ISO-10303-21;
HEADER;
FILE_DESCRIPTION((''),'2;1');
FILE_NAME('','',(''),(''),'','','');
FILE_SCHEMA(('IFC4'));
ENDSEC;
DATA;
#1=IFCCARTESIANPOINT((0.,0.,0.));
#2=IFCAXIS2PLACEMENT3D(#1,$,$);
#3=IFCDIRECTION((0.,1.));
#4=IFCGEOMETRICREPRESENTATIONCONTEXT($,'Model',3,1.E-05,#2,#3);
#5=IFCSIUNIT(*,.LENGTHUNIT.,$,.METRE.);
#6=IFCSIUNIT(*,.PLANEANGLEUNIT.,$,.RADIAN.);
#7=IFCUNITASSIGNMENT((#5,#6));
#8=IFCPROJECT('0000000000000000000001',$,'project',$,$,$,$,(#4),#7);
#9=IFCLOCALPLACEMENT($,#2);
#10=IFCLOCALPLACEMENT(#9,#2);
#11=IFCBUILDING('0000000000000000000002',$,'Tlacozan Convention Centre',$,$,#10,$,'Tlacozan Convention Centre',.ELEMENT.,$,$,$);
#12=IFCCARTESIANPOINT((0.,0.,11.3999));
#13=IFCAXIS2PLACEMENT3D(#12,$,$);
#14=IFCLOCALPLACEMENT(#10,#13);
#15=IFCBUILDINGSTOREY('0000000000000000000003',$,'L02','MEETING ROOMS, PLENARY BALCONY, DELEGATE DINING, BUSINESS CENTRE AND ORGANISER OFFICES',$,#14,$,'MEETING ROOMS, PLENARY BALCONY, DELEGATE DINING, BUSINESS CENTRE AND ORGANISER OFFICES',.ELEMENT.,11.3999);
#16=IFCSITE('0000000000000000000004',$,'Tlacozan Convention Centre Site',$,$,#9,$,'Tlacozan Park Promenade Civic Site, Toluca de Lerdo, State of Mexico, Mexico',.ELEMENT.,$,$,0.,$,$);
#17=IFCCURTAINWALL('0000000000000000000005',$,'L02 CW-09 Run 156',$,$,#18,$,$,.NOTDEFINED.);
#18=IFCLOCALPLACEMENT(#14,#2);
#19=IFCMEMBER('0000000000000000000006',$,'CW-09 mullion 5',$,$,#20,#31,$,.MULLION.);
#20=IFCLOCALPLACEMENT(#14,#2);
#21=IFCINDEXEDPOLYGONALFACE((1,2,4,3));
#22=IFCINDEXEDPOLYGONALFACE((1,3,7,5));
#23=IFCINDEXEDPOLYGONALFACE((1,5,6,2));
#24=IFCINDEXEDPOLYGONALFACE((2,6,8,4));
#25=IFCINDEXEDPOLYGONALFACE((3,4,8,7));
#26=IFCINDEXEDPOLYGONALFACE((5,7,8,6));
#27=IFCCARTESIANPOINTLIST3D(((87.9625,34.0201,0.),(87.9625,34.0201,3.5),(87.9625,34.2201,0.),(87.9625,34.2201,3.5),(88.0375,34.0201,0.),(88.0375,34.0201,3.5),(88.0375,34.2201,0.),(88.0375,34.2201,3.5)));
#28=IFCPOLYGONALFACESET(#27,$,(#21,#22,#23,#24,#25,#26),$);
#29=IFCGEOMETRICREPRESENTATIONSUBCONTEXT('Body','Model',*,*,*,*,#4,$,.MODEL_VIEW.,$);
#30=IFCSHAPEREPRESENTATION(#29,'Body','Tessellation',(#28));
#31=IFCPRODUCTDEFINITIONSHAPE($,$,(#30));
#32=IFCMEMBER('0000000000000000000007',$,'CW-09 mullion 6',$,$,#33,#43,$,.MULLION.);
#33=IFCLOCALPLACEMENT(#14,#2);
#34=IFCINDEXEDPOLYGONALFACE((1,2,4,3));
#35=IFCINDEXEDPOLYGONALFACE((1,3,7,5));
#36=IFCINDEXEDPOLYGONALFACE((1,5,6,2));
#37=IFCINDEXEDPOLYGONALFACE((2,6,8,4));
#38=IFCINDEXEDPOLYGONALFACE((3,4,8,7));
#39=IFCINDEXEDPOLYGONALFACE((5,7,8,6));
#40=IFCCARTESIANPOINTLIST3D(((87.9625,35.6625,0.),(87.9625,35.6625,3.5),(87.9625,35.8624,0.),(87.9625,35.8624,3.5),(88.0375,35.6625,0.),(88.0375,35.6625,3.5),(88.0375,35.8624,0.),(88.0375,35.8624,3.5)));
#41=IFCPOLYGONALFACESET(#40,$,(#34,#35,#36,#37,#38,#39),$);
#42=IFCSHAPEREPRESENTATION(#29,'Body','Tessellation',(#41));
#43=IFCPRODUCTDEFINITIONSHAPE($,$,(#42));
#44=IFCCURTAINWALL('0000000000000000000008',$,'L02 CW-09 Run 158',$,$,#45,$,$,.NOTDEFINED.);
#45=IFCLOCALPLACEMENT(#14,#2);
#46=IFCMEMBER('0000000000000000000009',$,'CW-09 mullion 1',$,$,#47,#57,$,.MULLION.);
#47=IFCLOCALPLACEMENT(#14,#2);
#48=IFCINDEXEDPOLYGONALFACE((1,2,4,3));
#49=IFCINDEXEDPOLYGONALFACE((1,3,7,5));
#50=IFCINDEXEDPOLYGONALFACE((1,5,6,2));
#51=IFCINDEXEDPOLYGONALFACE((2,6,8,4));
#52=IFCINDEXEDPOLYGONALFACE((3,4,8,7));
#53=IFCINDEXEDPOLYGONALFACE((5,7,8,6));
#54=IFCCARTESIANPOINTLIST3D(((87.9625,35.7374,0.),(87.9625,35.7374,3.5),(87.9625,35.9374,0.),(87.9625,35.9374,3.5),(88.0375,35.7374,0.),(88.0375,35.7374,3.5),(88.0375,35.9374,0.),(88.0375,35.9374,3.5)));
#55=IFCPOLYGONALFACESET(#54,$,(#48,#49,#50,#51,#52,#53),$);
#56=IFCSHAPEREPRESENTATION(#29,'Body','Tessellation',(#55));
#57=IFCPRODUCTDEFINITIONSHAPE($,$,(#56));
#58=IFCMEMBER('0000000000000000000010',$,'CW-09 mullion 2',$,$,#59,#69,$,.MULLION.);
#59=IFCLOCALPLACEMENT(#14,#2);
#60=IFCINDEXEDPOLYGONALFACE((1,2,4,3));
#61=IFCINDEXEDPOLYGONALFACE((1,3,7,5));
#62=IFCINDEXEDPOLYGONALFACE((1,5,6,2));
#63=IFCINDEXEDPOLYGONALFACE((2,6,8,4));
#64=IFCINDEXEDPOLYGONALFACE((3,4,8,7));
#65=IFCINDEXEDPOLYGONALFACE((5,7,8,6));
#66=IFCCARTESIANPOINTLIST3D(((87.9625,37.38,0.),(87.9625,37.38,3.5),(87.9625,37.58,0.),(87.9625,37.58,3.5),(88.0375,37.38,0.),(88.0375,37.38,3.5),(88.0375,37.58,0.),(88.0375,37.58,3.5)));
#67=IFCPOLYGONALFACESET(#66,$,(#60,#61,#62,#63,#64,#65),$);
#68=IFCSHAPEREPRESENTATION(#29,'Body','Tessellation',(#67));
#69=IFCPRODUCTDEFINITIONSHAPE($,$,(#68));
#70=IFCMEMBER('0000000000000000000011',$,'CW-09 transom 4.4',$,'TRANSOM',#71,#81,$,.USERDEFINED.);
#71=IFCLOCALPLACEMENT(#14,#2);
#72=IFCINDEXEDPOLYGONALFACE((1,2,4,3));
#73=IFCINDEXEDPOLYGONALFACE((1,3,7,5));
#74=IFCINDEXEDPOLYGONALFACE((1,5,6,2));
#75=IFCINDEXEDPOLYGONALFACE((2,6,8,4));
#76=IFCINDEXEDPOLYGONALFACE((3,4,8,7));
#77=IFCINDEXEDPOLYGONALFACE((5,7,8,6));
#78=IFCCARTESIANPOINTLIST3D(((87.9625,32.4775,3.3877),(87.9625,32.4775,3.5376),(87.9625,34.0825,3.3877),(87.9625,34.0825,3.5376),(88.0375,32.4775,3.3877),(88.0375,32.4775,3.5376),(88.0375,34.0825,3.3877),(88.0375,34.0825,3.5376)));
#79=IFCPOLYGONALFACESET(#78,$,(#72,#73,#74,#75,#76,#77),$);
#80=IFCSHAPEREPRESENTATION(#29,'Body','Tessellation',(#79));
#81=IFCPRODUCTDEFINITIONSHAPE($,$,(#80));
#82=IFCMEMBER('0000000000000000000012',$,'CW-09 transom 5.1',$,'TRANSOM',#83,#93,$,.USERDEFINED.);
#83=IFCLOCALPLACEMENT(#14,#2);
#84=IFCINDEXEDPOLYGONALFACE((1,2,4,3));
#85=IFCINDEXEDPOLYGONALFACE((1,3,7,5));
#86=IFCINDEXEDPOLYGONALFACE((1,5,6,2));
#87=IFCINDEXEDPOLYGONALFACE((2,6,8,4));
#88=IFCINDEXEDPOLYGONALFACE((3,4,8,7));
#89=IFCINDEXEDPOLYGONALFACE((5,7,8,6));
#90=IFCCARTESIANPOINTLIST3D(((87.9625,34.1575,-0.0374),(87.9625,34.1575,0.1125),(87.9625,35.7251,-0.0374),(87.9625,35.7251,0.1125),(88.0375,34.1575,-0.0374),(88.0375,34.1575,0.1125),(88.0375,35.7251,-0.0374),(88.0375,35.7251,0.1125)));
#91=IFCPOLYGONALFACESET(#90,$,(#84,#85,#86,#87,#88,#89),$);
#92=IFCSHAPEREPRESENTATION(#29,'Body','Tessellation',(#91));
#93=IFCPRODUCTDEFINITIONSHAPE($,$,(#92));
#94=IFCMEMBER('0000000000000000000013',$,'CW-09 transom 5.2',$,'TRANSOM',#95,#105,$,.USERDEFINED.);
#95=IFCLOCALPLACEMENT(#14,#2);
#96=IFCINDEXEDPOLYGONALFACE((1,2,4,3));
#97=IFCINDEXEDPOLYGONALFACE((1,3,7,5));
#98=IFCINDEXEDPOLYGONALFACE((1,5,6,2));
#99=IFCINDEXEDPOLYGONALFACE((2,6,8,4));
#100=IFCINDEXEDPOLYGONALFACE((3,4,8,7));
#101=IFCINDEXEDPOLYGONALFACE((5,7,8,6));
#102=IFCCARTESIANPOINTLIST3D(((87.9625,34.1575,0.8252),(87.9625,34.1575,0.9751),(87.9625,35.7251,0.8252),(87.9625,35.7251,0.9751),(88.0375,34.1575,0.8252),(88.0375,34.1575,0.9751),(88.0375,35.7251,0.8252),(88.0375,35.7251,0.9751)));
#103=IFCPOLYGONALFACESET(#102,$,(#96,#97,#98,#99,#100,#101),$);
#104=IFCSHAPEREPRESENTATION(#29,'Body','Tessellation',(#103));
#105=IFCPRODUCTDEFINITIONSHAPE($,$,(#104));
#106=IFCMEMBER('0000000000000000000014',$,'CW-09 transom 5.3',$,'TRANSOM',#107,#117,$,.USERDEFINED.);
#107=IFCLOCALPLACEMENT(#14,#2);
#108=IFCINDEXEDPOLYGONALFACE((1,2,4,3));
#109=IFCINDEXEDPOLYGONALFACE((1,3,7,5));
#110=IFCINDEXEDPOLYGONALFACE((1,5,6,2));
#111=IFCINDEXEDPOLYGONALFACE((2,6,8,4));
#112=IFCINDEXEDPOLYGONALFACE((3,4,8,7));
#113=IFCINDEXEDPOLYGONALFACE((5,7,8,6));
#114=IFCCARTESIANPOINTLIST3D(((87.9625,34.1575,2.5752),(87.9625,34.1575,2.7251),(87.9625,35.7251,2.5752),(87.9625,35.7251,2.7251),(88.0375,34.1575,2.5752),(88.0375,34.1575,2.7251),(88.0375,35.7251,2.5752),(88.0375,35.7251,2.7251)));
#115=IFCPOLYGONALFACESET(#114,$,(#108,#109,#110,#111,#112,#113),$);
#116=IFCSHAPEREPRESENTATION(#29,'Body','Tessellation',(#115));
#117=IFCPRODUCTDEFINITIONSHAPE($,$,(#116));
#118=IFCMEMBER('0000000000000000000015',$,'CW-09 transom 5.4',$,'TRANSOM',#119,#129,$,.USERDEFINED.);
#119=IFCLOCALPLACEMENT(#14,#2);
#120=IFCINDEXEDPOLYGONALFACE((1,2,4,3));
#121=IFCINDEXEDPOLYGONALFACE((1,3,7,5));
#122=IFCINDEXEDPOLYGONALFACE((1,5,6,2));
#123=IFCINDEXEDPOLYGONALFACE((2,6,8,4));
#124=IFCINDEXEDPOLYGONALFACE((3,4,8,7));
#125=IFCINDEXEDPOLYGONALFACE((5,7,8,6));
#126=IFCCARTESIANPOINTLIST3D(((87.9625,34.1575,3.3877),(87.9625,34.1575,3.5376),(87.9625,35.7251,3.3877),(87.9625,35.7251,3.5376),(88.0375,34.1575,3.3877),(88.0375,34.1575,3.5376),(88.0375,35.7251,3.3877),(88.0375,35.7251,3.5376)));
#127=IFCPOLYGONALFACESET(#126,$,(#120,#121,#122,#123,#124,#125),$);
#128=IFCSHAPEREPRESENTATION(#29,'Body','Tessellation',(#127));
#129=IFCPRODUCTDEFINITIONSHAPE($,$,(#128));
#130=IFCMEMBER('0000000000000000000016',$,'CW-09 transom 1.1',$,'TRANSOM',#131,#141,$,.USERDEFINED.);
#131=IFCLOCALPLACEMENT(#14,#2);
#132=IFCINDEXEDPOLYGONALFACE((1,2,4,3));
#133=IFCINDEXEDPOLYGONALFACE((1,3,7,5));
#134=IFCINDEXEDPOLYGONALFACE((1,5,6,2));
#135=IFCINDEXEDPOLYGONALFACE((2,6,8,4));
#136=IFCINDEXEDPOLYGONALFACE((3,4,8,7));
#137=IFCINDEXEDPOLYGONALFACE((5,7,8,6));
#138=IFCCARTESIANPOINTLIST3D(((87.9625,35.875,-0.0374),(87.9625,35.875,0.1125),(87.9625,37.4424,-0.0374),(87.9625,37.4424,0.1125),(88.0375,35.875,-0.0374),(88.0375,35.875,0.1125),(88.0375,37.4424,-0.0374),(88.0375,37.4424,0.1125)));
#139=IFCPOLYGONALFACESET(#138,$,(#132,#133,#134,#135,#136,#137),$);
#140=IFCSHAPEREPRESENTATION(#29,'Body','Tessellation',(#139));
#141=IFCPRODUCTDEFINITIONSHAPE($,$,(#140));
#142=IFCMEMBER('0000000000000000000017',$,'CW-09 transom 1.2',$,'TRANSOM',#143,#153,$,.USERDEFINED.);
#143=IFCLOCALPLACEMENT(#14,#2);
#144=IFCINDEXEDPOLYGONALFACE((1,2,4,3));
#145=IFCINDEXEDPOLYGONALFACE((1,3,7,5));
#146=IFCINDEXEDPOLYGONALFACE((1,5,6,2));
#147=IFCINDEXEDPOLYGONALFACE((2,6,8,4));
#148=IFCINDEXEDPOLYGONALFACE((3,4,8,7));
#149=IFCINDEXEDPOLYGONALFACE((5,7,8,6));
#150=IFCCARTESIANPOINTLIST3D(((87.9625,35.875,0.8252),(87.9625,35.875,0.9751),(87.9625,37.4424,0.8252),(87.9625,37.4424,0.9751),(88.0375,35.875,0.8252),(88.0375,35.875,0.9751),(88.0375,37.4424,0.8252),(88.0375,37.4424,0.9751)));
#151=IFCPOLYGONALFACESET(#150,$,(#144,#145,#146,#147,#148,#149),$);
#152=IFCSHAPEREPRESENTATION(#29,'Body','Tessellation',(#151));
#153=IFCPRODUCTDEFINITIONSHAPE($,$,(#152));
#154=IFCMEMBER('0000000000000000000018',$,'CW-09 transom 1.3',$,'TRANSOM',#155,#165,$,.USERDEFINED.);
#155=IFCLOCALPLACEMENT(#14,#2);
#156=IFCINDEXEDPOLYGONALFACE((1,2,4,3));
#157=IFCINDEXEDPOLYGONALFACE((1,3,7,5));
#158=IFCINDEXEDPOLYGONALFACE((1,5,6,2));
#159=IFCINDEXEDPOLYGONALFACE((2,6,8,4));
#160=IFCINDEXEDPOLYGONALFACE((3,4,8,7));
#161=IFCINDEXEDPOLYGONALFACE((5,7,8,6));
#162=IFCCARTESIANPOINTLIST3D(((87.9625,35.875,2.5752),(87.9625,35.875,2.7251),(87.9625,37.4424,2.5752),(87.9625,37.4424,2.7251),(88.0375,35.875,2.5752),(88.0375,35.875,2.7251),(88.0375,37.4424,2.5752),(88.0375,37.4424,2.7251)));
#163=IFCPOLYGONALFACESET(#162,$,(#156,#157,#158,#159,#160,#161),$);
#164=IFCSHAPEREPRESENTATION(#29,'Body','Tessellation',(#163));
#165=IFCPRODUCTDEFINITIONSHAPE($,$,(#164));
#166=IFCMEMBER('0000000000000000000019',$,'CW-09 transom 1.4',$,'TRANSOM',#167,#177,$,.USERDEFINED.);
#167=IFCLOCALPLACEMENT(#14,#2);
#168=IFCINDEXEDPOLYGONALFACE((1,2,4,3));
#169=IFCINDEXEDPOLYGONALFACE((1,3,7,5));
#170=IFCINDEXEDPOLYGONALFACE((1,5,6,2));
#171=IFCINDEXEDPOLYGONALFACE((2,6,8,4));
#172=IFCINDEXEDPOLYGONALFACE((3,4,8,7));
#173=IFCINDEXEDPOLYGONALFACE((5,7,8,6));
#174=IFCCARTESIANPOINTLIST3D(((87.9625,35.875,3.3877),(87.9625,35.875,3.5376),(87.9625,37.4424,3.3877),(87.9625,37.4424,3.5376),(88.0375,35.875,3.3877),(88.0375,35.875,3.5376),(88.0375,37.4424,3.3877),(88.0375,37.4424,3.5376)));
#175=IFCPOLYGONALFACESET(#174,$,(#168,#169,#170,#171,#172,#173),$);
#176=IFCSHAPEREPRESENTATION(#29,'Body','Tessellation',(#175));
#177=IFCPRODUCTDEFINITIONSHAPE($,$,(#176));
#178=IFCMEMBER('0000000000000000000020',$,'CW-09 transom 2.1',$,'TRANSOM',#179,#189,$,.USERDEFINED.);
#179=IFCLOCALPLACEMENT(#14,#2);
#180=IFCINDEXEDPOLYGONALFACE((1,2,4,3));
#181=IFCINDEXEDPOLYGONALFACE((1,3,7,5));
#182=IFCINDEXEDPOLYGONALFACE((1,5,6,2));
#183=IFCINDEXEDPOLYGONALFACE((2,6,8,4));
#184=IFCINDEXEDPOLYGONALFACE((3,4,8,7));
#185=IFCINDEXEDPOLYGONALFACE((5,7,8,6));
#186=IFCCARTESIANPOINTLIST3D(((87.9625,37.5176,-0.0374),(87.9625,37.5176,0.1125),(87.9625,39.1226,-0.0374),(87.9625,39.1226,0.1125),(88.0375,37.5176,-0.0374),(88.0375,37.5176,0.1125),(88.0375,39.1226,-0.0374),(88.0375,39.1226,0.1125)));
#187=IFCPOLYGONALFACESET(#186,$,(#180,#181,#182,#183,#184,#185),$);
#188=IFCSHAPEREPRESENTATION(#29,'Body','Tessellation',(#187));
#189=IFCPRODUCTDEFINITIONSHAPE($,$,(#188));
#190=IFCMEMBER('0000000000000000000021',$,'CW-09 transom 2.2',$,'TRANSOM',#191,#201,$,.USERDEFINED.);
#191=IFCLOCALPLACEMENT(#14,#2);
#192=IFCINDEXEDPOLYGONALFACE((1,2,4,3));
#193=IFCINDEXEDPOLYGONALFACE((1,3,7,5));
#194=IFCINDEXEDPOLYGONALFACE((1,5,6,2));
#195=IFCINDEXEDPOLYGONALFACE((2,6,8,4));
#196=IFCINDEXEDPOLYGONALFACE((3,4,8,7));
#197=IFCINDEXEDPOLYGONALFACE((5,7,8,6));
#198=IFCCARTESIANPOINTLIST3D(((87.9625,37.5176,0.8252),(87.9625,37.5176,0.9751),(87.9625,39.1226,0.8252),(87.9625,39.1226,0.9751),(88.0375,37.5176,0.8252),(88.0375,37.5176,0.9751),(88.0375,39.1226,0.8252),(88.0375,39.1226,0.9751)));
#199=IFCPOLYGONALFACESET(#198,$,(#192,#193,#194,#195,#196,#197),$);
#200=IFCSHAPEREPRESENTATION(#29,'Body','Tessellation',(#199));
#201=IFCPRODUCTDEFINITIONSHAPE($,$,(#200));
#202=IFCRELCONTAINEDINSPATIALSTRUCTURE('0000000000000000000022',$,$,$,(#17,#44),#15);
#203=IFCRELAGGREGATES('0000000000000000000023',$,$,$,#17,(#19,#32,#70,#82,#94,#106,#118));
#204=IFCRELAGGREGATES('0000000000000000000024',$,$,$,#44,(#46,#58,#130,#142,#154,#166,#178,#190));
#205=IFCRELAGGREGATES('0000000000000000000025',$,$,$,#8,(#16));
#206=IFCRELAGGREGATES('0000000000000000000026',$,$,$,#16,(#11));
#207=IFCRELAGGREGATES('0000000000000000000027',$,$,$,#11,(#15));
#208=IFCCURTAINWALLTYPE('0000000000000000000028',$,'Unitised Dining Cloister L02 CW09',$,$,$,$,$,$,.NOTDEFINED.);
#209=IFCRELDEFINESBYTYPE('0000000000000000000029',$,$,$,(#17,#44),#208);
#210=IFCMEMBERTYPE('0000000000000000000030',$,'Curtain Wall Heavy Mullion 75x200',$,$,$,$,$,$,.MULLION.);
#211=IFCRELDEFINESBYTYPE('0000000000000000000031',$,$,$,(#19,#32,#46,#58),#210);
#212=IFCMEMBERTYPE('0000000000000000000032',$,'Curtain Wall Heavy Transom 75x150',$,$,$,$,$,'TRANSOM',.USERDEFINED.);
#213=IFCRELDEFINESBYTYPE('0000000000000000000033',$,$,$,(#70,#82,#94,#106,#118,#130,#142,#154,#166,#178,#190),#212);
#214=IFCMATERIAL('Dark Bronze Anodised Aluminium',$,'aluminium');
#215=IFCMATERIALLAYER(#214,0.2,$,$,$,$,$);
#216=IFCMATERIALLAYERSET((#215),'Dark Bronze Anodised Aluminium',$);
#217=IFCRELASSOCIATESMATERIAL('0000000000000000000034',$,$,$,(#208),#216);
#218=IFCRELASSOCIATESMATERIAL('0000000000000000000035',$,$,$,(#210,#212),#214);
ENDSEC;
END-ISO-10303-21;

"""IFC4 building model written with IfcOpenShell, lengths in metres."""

from ifc_helpers import new_model, si_unit, direction, frame, origin, origin_2d, place, context, subcontext, project, spatial, rectangle, extrude, material, layer, layer_set, material_profile, profile_set, type_object, element, aggregate, save


model = new_model("IFC4")

# Units and contexts
model_context = context("Model", 3, precision=1e-05, world=origin(), true_north=direction((0.0, 1.0)))
body_context = subcontext(model_context, "Body", "Model", "MODEL_VIEW")
ifc_project = project(units=[si_unit("LENGTHUNIT", "METRE"), si_unit("PLANEANGLEUNIT", "RADIAN")], contexts=[model_context])

# Site, building, storey
site_placement = place(None, origin())
site = spatial("IfcSite", under=ifc_project, at=site_placement, Name="Tlacozan Convention Centre Site", LongName="Tlacozan Park Promenade Civic Site, Toluca de Lerdo, State of Mexico, Mexico", CompositionType="ELEMENT", RefElevation=0.0)
building_placement = place(site_placement, origin())
building = spatial("IfcBuilding", under=site, at=building_placement, Name="Tlacozan Convention Centre", LongName="Tlacozan Convention Centre", CompositionType="ELEMENT")
storey_placement = place(building_placement, frame((0.0, 0.0, 11.3999)))
storey = spatial("IfcBuildingStorey", under=building, at=storey_placement, Name="L02", Description="MEETING ROOMS, PLENARY BALCONY, DELEGATE DINING, BUSINESS CENTRE AND ORGANISER OFFICES", LongName="MEETING ROOMS, PLENARY BALCONY, DELEGATE DINING, BUSINESS CENTRE AND ORGANISER OFFICES", CompositionType="ELEMENT", Elevation=11.3999)

# Curtain walls, members
ifc_material_1 = material(Name="Dark Bronze Anodised Aluminium", Category="aluminium")
ifc_layer_1 = layer(ifc_material_1, 0.2)
ifc_layer_set_1 = layer_set([ifc_layer_1], Name="Dark Bronze Anodised Aluminium")
curtain_wall_type = type_object("IfcCurtainWallType", Name="Unitised Dining Cloister L02 CW09", PredefinedType="NOTDEFINED", material=ifc_layer_set_1)
curtain_wall_1_placement = place(storey_placement, origin())
curtain_wall_1 = element("IfcCurtainWall", 1, at=curtain_wall_1_placement, inside=storey, type_object=curtain_wall_type, Name="L02 CW-09 Run 156", PredefinedType="NOTDEFINED")
ifc_material_profile_1 = material_profile(ifc_material_1, rectangle(XDim=0.075, YDim=0.2, at=origin_2d()), Name="ALU 75x200")
ifc_profile_set_1 = profile_set([ifc_material_profile_1], Name="Dark Bronze Anodised Aluminium")
member_type_1 = type_object("IfcMemberType", Name="Curtain Wall Heavy Mullion 75x200", PredefinedType="MULLION", material=ifc_profile_set_1)
member_1_placement = place(storey_placement, frame((88.0, 34.1201, 0.0), z_axis=(0.0, 0.0, 1.0), x_axis=(-1.0, 0.0, 0.0)))
member_1 = element("IfcMember", 2, at=member_1_placement, type_object=member_type_1, Name="CW-09 mullion 5", PredefinedType="MULLION", context=body_context, shape_type="SweptSolid", body=[
    extrude(rectangle(XDim=0.075, YDim=0.2, at=origin_2d()), origin(), (0.0, 0.0, 1.0), 3.5),
])
member_2_placement = place(storey_placement, frame((88.0, 35.7625, 0.0), z_axis=(0.0, 0.0, 1.0), x_axis=(-1.0, 0.0, 0.0)))
member_2 = element("IfcMember", 3, at=member_2_placement, type_object=member_type_1, Name="CW-09 mullion 6", PredefinedType="MULLION", context=body_context, shape_type="SweptSolid", body=[
    extrude(rectangle(XDim=0.075, YDim=0.2, at=origin_2d()), origin(), (0.0, 0.0, 1.0), 3.5),
])
curtain_wall_2_placement = place(storey_placement, origin())
curtain_wall_2 = element("IfcCurtainWall", 4, at=curtain_wall_2_placement, inside=storey, type_object=curtain_wall_type, Name="L02 CW-09 Run 158", PredefinedType="NOTDEFINED")
member_3_placement = place(storey_placement, frame((88.0, 35.8374, 0.0), z_axis=(0.0, 0.0, 1.0), x_axis=(-1.0, 0.0, 0.0)))
member_3 = element("IfcMember", 5, at=member_3_placement, type_object=member_type_1, Name="CW-09 mullion 1", PredefinedType="MULLION", context=body_context, shape_type="SweptSolid", body=[
    extrude(rectangle(XDim=0.075, YDim=0.2, at=origin_2d()), origin(), (0.0, 0.0, 1.0), 3.5),
])
member_4_placement = place(storey_placement, frame((88.0, 37.48, 0.0), z_axis=(0.0, 0.0, 1.0), x_axis=(-1.0, 0.0, 0.0)))
member_4 = element("IfcMember", 6, at=member_4_placement, type_object=member_type_1, Name="CW-09 mullion 2", PredefinedType="MULLION", context=body_context, shape_type="SweptSolid", body=[
    extrude(rectangle(XDim=0.075, YDim=0.2, at=origin_2d()), origin(), (0.0, 0.0, 1.0), 3.5),
])

# Members
ifc_material_profile_2 = material_profile(ifc_material_1, rectangle(XDim=0.075, YDim=0.1499, at=origin_2d()), Name="ALU 75x150")
ifc_profile_set_2 = profile_set([ifc_material_profile_2], Name="Dark Bronze Anodised Aluminium")
member_type_2 = type_object("IfcMemberType", Name="Curtain Wall Heavy Transom 75x150", ElementType="TRANSOM", PredefinedType="USERDEFINED", material=ifc_profile_set_2)
member_5_placement = place(storey_placement, frame((88.0, 32.4775, 3.4626), z_axis=(0.0, 1.0, 0.0), x_axis=(-1.0, 0.0, 0.0)))
member_5 = element("IfcMember", 7, at=member_5_placement, type_object=member_type_2, Name="CW-09 transom 4.4", ObjectType="TRANSOM", PredefinedType="USERDEFINED", context=body_context, shape_type="SweptSolid", body=[
    extrude(rectangle(XDim=0.075, YDim=0.1499, at=origin_2d()), origin(), (0.0, 0.0, 1.0), 1.605),
])
member_6_placement = place(storey_placement, frame((88.0, 34.1575, 0.0376), z_axis=(0.0, 1.0, 0.0), x_axis=(-1.0, 0.0, 0.0)))
member_6 = element("IfcMember", 8, at=member_6_placement, type_object=member_type_2, Name="CW-09 transom 5.1", ObjectType="TRANSOM", PredefinedType="USERDEFINED", context=body_context, shape_type="SweptSolid", body=[
    extrude(rectangle(XDim=0.075, YDim=0.1499, at=origin_2d()), origin(), (0.0, 0.0, 1.0), 1.5676),
])
member_7_placement = place(storey_placement, frame((88.0, 34.1575, 0.9001), z_axis=(0.0, 1.0, 0.0), x_axis=(-1.0, 0.0, 0.0)))
member_7 = element("IfcMember", 9, at=member_7_placement, type_object=member_type_2, Name="CW-09 transom 5.2", ObjectType="TRANSOM", PredefinedType="USERDEFINED", context=body_context, shape_type="SweptSolid", body=[
    extrude(rectangle(XDim=0.075, YDim=0.1499, at=origin_2d()), origin(), (0.0, 0.0, 1.0), 1.5676),
])
member_8_placement = place(storey_placement, frame((88.0, 34.1575, 2.6501), z_axis=(0.0, 1.0, 0.0), x_axis=(-1.0, 0.0, 0.0)))
member_8 = element("IfcMember", 10, at=member_8_placement, type_object=member_type_2, Name="CW-09 transom 5.3", ObjectType="TRANSOM", PredefinedType="USERDEFINED", context=body_context, shape_type="SweptSolid", body=[
    extrude(rectangle(XDim=0.075, YDim=0.1499, at=origin_2d()), origin(), (0.0, 0.0, 1.0), 1.5676),
])
member_9_placement = place(storey_placement, frame((88.0, 34.1575, 3.4626), z_axis=(0.0, 1.0, 0.0), x_axis=(-1.0, 0.0, 0.0)))
member_9 = element("IfcMember", 11, at=member_9_placement, type_object=member_type_2, Name="CW-09 transom 5.4", ObjectType="TRANSOM", PredefinedType="USERDEFINED", context=body_context, shape_type="SweptSolid", body=[
    extrude(rectangle(XDim=0.075, YDim=0.1499, at=origin_2d()), origin(), (0.0, 0.0, 1.0), 1.5676),
])
member_10_placement = place(storey_placement, frame((88.0, 35.875, 0.0376), z_axis=(0.0, 1.0, 0.0), x_axis=(-1.0, 0.0, 0.0)))
member_10 = element("IfcMember", 12, at=member_10_placement, type_object=member_type_2, Name="CW-09 transom 1.1", ObjectType="TRANSOM", PredefinedType="USERDEFINED", context=body_context, shape_type="SweptSolid", body=[
    extrude(rectangle(XDim=0.075, YDim=0.1499, at=origin_2d()), origin(), (0.0, 0.0, 1.0), 1.5674),
])
member_11_placement = place(storey_placement, frame((88.0, 35.875, 0.9001), z_axis=(0.0, 1.0, 0.0), x_axis=(-1.0, 0.0, 0.0)))
member_11 = element("IfcMember", 13, at=member_11_placement, type_object=member_type_2, Name="CW-09 transom 1.2", ObjectType="TRANSOM", PredefinedType="USERDEFINED", context=body_context, shape_type="SweptSolid", body=[
    extrude(rectangle(XDim=0.075, YDim=0.1499, at=origin_2d()), origin(), (0.0, 0.0, 1.0), 1.5674),
])
member_12_placement = place(storey_placement, frame((88.0, 35.875, 2.6501), z_axis=(0.0, 1.0, 0.0), x_axis=(-1.0, 0.0, 0.0)))
member_12 = element("IfcMember", 14, at=member_12_placement, type_object=member_type_2, Name="CW-09 transom 1.3", ObjectType="TRANSOM", PredefinedType="USERDEFINED", context=body_context, shape_type="SweptSolid", body=[
    extrude(rectangle(XDim=0.075, YDim=0.1499, at=origin_2d()), origin(), (0.0, 0.0, 1.0), 1.5674),
])
member_13_placement = place(storey_placement, frame((88.0, 35.875, 3.4626), z_axis=(0.0, 1.0, 0.0), x_axis=(-1.0, 0.0, 0.0)))
member_13 = element("IfcMember", 15, at=member_13_placement, type_object=member_type_2, Name="CW-09 transom 1.4", ObjectType="TRANSOM", PredefinedType="USERDEFINED", context=body_context, shape_type="SweptSolid", body=[
    extrude(rectangle(XDim=0.075, YDim=0.1499, at=origin_2d()), origin(), (0.0, 0.0, 1.0), 1.5674),
])
member_14_placement = place(storey_placement, frame((88.0, 37.5176, 0.0376), z_axis=(0.0, 1.0, 0.0), x_axis=(-1.0, 0.0, 0.0)))
member_14 = element("IfcMember", 16, at=member_14_placement, type_object=member_type_2, Name="CW-09 transom 2.1", ObjectType="TRANSOM", PredefinedType="USERDEFINED", context=body_context, shape_type="SweptSolid", body=[
    extrude(rectangle(XDim=0.075, YDim=0.1499, at=origin_2d()), origin(), (0.0, 0.0, 1.0), 1.605),
])
member_15_placement = place(storey_placement, frame((88.0, 37.5176, 0.9001), z_axis=(0.0, 1.0, 0.0), x_axis=(-1.0, 0.0, 0.0)))
member_15 = element("IfcMember", 17, at=member_15_placement, type_object=member_type_2, Name="CW-09 transom 2.2", ObjectType="TRANSOM", PredefinedType="USERDEFINED", context=body_context, shape_type="SweptSolid", body=[
    extrude(rectangle(XDim=0.075, YDim=0.1499, at=origin_2d()), origin(), (0.0, 0.0, 1.0), 1.605),
])

aggregate(curtain_wall_1, [member_1, member_2, member_5, member_6, member_7, member_8, member_9])
aggregate(curtain_wall_2, [member_3, member_4, member_10, member_11, member_12, member_13, member_14, member_15])

save(model, "model.ifc")
